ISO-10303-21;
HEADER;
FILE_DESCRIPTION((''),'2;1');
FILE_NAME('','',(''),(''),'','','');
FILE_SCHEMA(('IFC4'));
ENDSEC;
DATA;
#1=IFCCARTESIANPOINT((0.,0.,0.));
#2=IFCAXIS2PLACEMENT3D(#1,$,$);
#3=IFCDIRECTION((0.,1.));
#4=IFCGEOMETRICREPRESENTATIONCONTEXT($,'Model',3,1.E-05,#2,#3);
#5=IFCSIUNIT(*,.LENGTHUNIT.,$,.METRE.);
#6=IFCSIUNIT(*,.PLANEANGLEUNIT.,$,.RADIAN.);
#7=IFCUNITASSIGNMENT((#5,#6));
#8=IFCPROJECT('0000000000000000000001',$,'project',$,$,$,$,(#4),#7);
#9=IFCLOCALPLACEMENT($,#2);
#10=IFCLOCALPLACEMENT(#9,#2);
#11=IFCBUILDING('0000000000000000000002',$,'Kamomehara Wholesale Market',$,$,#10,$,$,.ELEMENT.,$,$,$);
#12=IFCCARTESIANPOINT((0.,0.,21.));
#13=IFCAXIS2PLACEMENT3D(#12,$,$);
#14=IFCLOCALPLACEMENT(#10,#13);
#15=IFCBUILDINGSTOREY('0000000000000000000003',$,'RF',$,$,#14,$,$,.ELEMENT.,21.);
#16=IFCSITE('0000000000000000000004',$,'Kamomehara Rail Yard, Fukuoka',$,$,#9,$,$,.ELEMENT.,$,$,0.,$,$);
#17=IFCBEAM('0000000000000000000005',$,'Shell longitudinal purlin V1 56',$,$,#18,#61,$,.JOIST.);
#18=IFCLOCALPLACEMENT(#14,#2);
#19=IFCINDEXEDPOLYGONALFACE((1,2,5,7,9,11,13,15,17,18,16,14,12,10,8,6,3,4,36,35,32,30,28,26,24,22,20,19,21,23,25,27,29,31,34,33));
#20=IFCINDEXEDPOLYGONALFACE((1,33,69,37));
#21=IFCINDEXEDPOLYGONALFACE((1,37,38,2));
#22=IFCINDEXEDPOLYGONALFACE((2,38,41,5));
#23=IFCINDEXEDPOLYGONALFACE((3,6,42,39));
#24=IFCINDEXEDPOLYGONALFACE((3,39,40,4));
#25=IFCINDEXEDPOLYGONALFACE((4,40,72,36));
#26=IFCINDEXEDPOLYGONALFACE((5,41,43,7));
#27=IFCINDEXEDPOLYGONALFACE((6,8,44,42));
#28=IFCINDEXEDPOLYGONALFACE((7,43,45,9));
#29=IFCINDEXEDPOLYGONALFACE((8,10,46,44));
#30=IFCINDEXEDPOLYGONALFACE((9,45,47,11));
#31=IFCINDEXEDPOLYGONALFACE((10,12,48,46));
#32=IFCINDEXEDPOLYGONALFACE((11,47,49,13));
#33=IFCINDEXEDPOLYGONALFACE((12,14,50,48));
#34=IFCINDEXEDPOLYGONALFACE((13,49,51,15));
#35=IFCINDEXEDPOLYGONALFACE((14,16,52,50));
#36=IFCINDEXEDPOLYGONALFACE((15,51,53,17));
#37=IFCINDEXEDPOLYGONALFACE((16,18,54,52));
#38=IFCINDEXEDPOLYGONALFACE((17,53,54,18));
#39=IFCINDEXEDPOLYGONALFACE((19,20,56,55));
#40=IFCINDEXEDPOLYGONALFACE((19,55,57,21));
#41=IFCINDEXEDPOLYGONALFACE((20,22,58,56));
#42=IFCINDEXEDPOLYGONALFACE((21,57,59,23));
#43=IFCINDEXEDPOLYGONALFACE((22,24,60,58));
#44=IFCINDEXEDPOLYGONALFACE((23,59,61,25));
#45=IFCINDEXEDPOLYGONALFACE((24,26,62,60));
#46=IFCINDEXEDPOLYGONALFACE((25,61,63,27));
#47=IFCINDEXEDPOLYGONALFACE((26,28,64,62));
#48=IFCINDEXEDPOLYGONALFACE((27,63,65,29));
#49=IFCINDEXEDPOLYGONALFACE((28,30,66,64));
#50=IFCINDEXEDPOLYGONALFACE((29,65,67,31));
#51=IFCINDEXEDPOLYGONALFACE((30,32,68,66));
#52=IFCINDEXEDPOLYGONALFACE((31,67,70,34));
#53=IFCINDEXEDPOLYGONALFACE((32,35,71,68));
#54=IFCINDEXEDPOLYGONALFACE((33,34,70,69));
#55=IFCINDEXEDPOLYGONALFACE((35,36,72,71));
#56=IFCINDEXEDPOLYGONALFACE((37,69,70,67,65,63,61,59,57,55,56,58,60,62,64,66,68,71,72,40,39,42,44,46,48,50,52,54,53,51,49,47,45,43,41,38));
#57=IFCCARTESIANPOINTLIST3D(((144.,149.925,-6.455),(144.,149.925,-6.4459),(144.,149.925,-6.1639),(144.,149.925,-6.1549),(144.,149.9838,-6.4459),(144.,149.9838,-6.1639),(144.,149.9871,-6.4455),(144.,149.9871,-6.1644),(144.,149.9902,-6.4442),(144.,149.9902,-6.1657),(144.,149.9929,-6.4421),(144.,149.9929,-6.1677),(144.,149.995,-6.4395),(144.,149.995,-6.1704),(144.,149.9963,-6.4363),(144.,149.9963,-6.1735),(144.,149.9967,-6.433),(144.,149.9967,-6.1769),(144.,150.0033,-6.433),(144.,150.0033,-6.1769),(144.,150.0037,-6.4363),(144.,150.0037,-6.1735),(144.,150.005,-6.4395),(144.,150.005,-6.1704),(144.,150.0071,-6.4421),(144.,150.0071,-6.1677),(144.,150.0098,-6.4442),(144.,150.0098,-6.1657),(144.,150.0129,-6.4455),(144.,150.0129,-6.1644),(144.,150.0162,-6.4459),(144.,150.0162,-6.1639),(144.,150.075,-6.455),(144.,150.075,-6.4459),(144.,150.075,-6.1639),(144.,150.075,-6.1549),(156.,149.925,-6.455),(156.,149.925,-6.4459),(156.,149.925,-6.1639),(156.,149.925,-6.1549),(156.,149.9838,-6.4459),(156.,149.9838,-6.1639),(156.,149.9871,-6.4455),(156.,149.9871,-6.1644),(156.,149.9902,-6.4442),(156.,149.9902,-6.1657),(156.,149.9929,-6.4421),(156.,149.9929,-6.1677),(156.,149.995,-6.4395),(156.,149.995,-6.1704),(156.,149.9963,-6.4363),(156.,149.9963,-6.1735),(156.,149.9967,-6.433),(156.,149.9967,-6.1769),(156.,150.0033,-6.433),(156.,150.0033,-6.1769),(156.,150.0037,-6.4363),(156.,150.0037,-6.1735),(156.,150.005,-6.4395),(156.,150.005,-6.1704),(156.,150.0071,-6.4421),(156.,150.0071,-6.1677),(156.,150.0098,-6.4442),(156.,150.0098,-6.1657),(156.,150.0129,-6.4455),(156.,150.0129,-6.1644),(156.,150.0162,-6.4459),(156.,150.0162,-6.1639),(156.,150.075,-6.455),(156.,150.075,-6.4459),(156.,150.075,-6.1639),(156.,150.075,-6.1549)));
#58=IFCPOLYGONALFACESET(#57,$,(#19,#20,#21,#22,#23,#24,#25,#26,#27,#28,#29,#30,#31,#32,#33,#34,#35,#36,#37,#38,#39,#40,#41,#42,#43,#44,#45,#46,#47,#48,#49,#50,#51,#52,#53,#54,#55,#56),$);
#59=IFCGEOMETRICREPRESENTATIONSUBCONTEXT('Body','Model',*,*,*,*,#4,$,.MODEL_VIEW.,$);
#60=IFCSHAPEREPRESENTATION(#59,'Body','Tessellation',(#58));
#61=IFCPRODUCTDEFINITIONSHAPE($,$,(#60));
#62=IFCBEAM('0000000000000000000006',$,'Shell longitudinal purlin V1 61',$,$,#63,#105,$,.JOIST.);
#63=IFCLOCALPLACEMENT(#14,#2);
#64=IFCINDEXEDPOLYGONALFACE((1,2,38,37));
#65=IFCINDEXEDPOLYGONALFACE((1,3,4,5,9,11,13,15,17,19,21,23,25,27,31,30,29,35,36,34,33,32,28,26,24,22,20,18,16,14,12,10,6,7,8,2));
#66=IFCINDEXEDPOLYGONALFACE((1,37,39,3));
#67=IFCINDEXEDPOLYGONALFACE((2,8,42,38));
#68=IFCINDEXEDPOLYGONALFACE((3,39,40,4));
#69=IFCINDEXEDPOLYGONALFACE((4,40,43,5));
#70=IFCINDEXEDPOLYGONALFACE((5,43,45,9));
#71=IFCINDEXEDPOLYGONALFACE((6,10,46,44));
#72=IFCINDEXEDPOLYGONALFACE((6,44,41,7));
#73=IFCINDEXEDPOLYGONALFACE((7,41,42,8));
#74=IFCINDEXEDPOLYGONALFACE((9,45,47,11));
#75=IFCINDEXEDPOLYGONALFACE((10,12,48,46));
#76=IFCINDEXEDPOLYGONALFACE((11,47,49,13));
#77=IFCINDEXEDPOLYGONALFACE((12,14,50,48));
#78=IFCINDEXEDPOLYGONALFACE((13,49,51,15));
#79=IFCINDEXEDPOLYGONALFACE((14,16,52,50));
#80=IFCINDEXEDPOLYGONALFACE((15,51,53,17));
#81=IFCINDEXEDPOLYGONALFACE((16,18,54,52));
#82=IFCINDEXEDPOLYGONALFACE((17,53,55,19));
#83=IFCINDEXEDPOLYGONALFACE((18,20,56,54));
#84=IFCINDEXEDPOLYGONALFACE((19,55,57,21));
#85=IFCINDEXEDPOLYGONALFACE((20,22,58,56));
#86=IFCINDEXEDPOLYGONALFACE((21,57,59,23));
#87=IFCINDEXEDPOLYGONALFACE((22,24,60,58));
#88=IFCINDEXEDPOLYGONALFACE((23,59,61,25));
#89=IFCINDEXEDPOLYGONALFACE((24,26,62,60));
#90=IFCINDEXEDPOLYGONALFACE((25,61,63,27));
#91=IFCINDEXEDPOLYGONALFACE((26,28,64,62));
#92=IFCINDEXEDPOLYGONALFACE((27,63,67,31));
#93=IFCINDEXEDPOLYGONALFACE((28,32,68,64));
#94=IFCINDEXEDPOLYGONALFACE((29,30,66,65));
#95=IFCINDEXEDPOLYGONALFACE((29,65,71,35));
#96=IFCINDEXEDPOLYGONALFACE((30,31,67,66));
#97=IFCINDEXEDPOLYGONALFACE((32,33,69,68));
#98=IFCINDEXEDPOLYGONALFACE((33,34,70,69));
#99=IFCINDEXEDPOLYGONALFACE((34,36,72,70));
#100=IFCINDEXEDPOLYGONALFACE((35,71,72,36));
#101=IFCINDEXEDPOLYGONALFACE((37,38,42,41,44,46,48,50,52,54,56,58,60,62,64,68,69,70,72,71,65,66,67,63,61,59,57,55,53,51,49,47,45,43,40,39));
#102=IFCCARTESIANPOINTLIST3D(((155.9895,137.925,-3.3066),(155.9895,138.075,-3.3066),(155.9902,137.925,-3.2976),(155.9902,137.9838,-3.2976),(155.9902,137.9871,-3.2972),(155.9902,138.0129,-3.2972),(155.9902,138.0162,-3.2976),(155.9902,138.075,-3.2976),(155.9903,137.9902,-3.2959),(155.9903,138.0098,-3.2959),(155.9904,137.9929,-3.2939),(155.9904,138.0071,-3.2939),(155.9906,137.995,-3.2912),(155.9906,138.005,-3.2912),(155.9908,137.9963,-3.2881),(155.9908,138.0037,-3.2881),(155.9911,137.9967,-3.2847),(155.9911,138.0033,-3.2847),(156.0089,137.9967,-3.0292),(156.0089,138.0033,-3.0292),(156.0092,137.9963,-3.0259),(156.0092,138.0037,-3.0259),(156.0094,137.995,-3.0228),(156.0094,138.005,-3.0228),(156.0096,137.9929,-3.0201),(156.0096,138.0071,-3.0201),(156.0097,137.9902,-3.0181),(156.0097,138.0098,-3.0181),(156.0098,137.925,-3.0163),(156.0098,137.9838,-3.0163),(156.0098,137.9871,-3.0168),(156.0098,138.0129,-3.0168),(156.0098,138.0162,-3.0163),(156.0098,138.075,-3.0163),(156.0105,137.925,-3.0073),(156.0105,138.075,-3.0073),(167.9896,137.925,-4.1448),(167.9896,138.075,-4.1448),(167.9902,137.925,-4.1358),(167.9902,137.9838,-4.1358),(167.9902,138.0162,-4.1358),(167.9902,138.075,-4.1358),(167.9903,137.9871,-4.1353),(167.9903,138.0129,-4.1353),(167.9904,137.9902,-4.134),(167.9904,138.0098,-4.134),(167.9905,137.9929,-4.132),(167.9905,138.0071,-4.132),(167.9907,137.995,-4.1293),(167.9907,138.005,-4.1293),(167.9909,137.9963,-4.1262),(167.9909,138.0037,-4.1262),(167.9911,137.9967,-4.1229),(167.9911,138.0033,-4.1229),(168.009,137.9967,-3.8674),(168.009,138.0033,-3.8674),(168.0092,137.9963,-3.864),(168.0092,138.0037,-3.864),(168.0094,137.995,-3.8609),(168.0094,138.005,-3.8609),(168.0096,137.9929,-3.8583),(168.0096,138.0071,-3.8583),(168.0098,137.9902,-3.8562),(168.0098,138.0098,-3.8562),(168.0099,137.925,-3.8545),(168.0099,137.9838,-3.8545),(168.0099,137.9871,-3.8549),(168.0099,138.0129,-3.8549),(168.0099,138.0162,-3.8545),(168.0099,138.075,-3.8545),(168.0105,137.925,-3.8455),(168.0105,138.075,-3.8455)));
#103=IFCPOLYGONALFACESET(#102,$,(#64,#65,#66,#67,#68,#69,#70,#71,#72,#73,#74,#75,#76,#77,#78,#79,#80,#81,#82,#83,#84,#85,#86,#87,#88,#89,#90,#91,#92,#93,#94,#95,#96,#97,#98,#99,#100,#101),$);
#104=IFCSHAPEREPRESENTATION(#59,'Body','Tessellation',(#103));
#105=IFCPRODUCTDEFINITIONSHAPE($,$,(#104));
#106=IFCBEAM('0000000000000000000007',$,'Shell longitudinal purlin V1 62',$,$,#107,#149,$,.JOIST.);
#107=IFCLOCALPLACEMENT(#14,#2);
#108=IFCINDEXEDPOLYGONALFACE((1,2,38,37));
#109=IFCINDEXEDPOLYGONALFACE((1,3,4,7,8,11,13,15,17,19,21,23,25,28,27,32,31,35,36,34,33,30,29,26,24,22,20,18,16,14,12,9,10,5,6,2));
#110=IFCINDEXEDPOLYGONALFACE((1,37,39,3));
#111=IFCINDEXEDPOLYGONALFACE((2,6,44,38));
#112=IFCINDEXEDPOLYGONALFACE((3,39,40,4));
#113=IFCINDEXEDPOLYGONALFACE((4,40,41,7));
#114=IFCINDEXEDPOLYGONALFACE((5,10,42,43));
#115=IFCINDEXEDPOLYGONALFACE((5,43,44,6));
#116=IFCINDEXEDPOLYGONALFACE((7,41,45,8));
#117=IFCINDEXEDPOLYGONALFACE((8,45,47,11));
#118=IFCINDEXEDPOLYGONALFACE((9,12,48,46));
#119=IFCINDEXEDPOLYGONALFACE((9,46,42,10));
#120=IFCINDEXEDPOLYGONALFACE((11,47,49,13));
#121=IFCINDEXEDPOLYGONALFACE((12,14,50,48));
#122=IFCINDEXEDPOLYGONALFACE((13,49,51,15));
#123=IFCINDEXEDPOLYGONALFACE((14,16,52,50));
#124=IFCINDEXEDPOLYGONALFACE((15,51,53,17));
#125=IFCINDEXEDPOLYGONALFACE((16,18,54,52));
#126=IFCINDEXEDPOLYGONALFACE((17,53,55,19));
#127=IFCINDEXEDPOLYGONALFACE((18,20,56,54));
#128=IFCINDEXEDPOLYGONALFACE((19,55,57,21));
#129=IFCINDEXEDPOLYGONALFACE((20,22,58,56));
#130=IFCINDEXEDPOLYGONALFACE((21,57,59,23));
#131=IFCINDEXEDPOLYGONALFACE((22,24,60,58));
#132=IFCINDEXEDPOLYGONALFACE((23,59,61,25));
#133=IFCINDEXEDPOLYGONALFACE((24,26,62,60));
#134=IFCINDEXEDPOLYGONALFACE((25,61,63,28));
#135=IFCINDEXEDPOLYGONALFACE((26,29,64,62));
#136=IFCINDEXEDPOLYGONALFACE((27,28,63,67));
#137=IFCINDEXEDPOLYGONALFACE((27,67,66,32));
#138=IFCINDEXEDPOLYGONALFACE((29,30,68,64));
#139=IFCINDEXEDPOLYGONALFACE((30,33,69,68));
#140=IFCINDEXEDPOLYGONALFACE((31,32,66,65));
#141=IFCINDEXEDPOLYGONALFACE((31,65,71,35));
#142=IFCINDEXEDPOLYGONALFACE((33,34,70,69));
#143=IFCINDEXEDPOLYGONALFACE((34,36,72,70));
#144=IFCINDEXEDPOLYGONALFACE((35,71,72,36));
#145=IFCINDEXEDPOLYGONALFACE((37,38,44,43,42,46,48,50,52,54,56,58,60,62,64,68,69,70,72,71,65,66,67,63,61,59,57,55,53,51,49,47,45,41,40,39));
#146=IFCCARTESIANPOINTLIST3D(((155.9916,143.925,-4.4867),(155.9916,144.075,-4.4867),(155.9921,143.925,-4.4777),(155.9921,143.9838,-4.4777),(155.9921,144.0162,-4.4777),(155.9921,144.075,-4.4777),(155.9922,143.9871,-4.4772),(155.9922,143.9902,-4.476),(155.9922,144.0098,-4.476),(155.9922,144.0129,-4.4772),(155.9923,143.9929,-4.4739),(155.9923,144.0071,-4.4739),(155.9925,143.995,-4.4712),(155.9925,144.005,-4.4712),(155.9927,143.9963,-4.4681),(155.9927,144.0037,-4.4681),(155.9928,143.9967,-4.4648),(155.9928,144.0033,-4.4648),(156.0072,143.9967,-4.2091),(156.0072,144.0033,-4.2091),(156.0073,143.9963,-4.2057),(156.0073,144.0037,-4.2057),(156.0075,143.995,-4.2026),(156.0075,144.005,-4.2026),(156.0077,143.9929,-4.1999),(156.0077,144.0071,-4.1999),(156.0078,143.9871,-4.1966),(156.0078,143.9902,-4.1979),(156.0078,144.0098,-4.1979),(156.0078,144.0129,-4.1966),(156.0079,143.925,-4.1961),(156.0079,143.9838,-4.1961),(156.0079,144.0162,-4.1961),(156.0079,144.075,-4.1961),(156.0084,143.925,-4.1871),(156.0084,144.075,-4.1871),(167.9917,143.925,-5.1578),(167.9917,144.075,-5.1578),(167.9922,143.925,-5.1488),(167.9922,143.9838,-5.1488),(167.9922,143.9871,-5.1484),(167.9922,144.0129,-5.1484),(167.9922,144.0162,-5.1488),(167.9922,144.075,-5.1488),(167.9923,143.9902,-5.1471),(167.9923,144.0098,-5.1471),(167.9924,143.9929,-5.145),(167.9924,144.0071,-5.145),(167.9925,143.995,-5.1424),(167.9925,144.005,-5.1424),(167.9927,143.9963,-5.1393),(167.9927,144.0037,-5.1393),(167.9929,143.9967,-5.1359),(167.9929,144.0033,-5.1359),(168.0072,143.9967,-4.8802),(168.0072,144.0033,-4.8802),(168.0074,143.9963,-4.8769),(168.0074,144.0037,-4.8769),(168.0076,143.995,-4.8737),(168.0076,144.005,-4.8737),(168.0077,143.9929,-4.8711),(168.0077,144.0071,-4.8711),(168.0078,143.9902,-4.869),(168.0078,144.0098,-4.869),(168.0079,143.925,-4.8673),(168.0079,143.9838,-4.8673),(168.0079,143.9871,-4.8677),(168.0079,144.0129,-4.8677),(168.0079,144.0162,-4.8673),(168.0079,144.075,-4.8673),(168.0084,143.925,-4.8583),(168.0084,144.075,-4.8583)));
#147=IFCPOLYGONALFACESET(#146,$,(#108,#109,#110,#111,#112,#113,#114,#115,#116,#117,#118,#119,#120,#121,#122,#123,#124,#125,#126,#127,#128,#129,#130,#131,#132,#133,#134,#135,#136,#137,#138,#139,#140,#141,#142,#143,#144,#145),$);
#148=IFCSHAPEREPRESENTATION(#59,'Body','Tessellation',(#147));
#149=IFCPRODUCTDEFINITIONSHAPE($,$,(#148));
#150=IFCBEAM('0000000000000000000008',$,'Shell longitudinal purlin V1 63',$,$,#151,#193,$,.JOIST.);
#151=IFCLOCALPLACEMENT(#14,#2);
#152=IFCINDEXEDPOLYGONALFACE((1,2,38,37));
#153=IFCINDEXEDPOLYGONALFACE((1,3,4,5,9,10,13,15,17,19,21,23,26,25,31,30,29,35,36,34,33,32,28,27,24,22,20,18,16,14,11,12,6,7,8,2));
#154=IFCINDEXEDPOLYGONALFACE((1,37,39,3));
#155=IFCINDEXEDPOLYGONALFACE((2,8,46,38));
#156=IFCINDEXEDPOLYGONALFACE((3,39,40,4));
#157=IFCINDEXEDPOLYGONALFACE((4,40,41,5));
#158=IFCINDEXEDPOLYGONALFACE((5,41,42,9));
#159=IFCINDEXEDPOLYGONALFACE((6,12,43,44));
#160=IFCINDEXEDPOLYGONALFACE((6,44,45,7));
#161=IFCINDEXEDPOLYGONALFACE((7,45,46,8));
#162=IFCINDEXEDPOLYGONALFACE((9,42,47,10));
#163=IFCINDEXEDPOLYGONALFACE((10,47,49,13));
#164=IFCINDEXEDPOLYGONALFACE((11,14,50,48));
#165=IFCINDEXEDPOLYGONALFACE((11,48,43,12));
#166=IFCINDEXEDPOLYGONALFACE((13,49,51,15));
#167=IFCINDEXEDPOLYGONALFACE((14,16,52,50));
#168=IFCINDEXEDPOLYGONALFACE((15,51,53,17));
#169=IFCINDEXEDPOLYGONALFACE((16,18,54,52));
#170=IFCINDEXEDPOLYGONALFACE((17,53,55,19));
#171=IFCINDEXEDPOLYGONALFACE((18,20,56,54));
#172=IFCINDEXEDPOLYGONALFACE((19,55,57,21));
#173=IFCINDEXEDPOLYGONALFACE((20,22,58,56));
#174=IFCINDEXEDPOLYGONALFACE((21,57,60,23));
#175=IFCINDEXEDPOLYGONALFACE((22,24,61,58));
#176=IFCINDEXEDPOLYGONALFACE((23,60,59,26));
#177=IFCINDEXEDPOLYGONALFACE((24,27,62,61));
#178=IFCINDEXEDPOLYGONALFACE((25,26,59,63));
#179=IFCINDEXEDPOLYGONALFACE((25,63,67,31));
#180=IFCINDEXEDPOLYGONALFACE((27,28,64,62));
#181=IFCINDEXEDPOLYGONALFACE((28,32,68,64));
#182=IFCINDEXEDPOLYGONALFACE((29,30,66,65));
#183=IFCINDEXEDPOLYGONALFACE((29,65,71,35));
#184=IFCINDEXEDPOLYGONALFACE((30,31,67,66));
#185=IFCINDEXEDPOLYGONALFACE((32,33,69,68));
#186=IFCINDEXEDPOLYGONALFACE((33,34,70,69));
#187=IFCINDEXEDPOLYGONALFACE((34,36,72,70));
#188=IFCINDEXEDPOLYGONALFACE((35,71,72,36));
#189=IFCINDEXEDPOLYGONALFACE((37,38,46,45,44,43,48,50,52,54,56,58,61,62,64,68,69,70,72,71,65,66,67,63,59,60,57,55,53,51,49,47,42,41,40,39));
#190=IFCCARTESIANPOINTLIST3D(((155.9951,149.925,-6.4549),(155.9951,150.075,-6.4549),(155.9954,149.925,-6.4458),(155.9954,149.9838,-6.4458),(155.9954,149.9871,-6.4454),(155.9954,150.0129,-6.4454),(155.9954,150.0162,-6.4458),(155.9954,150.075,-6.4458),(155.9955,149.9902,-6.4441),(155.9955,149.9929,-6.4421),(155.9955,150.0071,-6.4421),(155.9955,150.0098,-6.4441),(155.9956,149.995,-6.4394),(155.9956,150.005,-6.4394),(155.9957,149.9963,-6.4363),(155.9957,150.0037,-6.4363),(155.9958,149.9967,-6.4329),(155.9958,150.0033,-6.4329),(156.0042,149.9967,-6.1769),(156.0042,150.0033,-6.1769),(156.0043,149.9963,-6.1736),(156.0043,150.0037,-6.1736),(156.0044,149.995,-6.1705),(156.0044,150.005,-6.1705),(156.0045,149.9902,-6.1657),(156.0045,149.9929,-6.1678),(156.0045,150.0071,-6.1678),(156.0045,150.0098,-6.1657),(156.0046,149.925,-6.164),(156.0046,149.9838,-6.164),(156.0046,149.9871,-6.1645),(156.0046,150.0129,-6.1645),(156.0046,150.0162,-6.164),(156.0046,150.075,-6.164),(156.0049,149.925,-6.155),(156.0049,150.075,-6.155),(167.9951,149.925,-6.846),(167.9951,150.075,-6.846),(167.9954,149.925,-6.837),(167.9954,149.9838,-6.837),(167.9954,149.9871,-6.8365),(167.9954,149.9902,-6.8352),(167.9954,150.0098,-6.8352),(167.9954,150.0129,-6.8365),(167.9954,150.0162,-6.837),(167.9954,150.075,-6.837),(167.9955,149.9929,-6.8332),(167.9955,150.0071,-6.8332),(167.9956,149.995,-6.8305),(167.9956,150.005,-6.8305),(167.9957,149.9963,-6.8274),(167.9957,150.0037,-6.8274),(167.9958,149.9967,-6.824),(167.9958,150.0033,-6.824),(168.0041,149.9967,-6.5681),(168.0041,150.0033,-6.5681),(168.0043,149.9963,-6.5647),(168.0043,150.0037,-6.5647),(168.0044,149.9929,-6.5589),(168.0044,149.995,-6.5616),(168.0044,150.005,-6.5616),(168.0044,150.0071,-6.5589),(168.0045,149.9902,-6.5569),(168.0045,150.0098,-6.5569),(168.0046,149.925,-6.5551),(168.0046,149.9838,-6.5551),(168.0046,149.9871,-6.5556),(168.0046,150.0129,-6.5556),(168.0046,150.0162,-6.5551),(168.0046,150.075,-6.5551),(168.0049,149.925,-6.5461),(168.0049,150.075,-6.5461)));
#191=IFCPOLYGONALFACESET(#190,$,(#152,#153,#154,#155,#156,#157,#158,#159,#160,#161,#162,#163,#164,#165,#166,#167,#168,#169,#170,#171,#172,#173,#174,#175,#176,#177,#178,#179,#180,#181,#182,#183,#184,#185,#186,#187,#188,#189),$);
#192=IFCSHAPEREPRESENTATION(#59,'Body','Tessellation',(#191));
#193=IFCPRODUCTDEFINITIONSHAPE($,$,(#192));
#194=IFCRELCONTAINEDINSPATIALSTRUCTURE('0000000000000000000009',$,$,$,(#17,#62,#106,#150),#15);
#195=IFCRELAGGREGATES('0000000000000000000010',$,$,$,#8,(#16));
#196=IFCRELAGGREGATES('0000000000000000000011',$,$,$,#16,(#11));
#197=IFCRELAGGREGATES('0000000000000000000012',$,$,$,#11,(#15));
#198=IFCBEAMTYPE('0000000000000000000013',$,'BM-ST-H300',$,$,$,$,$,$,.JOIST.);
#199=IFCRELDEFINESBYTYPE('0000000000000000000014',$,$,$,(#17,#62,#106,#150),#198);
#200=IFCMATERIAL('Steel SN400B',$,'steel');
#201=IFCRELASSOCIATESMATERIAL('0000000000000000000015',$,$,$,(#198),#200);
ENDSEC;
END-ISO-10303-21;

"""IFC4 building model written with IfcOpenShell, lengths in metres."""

from ifc_helpers import new_model, si_unit, direction, frame, origin, origin_2d, place, context, subcontext, project, spatial, i_section, extrude, material, material_profile, profile_set, type_object, element, save


model = new_model("IFC4")

# Units and contexts
model_context = context("Model", 3, precision=1e-05, world=origin(), true_north=direction((0.0, 1.0)))
body_context = subcontext(model_context, "Body", "Model", "MODEL_VIEW")
ifc_project = project(units=[si_unit("LENGTHUNIT", "METRE"), si_unit("PLANEANGLEUNIT", "RADIAN")], contexts=[model_context])

# Site, building, storey
site_placement = place(None, origin())
site = spatial("IfcSite", under=ifc_project, at=site_placement, Name="Kamomehara Rail Yard, Fukuoka", CompositionType="ELEMENT", RefElevation=0.0)
building_placement = place(site_placement, origin())
building = spatial("IfcBuilding", under=site, at=building_placement, Name="Kamomehara Wholesale Market", CompositionType="ELEMENT")
storey_placement = place(building_placement, frame((0.0, 0.0, 21.0)))
storey = spatial("IfcBuildingStorey", under=building, at=storey_placement, Name="RF", CompositionType="ELEMENT", Elevation=21.0)

# Beams
ifc_material_1 = material(Name="Steel SN400B", Category="steel")
ifc_material_profile_1 = material_profile(ifc_material_1, i_section(OverallWidth=0.1499, OverallDepth=0.3, WebThickness=0.0066, FlangeThickness=0.009, FilletRadius=0.0129, at=origin_2d()), Name="H-300x150x6.5x9")
ifc_profile_set_1 = profile_set([ifc_material_profile_1], Name="Steel SN400B")
beam_type_1 = type_object("IfcBeamType", Name="BM-ST-H300", PredefinedType="JOIST", material=ifc_profile_set_1)
for number, where, z_axis, x_axis, name in (
    (1, (144.0, 150.0, -6.3049), (1.0, 0.0, 0.0), (0.0, 1.0, 0.0), "Shell longitudinal purlin V1 56"),
):
    element("IfcBeam", number, at=place(storey_placement, frame(where, z_axis=z_axis, x_axis=x_axis)), inside=storey, type_object=beam_type_1, Name=name, PredefinedType="JOIST", context=body_context, shape_type="SweptSolid", body=[
        extrude(i_section(OverallWidth=0.1499, OverallDepth=0.3, WebThickness=0.0066, FlangeThickness=0.009, FilletRadius=0.0129, at=origin_2d()), origin(), (0.0, 0.0, 1.0), 12.0),
    ])
beam_1_placement = place(storey_placement, frame((156.0, 138.0, -3.157), z_axis=(0.99757, 0.0, -0.069675), x_axis=(0.0, 1.0, 0.0)))
element("IfcBeam", 2, at=beam_1_placement, inside=storey, type_object=beam_type_1, Name="Shell longitudinal purlin V1 61", PredefinedType="JOIST", context=body_context, shape_type="SweptSolid", body=[
    extrude(i_section(OverallWidth=0.1499, OverallDepth=0.3, WebThickness=0.0066, FlangeThickness=0.009, FilletRadius=0.0129, at=origin_2d()), origin(), (0.0, 0.0, 1.0), 12.0293),
])
beam_2_placement = place(storey_placement, frame((156.0, 144.0, -4.3369), z_axis=(0.99844, 0.0, -0.055841), x_axis=(0.0, 1.0, 0.0)))
element("IfcBeam", 3, at=beam_2_placement, inside=storey, type_object=beam_type_1, Name="Shell longitudinal purlin V1 62", PredefinedType="JOIST", context=body_context, shape_type="SweptSolid", body=[
    extrude(i_section(OverallWidth=0.1499, OverallDepth=0.3, WebThickness=0.0066, FlangeThickness=0.009, FilletRadius=0.0129, at=origin_2d()), origin(), (0.0, 0.0, 1.0), 12.0188),
])
beam_3_placement = place(storey_placement, frame((156.0, 150.0, -6.3049), z_axis=(0.999469, 0.0, -0.032575), x_axis=(0.0, 1.0, 0.0)))
element("IfcBeam", 4, at=beam_3_placement, inside=storey, type_object=beam_type_1, Name="Shell longitudinal purlin V1 63", PredefinedType="JOIST", context=body_context, shape_type="SweptSolid", body=[
    extrude(i_section(OverallWidth=0.1499, OverallDepth=0.3, WebThickness=0.0066, FlangeThickness=0.009, FilletRadius=0.0129, at=origin_2d()), origin(), (0.0, 0.0, 1.0), 12.0063),
])

save(model, "model.ifc")
